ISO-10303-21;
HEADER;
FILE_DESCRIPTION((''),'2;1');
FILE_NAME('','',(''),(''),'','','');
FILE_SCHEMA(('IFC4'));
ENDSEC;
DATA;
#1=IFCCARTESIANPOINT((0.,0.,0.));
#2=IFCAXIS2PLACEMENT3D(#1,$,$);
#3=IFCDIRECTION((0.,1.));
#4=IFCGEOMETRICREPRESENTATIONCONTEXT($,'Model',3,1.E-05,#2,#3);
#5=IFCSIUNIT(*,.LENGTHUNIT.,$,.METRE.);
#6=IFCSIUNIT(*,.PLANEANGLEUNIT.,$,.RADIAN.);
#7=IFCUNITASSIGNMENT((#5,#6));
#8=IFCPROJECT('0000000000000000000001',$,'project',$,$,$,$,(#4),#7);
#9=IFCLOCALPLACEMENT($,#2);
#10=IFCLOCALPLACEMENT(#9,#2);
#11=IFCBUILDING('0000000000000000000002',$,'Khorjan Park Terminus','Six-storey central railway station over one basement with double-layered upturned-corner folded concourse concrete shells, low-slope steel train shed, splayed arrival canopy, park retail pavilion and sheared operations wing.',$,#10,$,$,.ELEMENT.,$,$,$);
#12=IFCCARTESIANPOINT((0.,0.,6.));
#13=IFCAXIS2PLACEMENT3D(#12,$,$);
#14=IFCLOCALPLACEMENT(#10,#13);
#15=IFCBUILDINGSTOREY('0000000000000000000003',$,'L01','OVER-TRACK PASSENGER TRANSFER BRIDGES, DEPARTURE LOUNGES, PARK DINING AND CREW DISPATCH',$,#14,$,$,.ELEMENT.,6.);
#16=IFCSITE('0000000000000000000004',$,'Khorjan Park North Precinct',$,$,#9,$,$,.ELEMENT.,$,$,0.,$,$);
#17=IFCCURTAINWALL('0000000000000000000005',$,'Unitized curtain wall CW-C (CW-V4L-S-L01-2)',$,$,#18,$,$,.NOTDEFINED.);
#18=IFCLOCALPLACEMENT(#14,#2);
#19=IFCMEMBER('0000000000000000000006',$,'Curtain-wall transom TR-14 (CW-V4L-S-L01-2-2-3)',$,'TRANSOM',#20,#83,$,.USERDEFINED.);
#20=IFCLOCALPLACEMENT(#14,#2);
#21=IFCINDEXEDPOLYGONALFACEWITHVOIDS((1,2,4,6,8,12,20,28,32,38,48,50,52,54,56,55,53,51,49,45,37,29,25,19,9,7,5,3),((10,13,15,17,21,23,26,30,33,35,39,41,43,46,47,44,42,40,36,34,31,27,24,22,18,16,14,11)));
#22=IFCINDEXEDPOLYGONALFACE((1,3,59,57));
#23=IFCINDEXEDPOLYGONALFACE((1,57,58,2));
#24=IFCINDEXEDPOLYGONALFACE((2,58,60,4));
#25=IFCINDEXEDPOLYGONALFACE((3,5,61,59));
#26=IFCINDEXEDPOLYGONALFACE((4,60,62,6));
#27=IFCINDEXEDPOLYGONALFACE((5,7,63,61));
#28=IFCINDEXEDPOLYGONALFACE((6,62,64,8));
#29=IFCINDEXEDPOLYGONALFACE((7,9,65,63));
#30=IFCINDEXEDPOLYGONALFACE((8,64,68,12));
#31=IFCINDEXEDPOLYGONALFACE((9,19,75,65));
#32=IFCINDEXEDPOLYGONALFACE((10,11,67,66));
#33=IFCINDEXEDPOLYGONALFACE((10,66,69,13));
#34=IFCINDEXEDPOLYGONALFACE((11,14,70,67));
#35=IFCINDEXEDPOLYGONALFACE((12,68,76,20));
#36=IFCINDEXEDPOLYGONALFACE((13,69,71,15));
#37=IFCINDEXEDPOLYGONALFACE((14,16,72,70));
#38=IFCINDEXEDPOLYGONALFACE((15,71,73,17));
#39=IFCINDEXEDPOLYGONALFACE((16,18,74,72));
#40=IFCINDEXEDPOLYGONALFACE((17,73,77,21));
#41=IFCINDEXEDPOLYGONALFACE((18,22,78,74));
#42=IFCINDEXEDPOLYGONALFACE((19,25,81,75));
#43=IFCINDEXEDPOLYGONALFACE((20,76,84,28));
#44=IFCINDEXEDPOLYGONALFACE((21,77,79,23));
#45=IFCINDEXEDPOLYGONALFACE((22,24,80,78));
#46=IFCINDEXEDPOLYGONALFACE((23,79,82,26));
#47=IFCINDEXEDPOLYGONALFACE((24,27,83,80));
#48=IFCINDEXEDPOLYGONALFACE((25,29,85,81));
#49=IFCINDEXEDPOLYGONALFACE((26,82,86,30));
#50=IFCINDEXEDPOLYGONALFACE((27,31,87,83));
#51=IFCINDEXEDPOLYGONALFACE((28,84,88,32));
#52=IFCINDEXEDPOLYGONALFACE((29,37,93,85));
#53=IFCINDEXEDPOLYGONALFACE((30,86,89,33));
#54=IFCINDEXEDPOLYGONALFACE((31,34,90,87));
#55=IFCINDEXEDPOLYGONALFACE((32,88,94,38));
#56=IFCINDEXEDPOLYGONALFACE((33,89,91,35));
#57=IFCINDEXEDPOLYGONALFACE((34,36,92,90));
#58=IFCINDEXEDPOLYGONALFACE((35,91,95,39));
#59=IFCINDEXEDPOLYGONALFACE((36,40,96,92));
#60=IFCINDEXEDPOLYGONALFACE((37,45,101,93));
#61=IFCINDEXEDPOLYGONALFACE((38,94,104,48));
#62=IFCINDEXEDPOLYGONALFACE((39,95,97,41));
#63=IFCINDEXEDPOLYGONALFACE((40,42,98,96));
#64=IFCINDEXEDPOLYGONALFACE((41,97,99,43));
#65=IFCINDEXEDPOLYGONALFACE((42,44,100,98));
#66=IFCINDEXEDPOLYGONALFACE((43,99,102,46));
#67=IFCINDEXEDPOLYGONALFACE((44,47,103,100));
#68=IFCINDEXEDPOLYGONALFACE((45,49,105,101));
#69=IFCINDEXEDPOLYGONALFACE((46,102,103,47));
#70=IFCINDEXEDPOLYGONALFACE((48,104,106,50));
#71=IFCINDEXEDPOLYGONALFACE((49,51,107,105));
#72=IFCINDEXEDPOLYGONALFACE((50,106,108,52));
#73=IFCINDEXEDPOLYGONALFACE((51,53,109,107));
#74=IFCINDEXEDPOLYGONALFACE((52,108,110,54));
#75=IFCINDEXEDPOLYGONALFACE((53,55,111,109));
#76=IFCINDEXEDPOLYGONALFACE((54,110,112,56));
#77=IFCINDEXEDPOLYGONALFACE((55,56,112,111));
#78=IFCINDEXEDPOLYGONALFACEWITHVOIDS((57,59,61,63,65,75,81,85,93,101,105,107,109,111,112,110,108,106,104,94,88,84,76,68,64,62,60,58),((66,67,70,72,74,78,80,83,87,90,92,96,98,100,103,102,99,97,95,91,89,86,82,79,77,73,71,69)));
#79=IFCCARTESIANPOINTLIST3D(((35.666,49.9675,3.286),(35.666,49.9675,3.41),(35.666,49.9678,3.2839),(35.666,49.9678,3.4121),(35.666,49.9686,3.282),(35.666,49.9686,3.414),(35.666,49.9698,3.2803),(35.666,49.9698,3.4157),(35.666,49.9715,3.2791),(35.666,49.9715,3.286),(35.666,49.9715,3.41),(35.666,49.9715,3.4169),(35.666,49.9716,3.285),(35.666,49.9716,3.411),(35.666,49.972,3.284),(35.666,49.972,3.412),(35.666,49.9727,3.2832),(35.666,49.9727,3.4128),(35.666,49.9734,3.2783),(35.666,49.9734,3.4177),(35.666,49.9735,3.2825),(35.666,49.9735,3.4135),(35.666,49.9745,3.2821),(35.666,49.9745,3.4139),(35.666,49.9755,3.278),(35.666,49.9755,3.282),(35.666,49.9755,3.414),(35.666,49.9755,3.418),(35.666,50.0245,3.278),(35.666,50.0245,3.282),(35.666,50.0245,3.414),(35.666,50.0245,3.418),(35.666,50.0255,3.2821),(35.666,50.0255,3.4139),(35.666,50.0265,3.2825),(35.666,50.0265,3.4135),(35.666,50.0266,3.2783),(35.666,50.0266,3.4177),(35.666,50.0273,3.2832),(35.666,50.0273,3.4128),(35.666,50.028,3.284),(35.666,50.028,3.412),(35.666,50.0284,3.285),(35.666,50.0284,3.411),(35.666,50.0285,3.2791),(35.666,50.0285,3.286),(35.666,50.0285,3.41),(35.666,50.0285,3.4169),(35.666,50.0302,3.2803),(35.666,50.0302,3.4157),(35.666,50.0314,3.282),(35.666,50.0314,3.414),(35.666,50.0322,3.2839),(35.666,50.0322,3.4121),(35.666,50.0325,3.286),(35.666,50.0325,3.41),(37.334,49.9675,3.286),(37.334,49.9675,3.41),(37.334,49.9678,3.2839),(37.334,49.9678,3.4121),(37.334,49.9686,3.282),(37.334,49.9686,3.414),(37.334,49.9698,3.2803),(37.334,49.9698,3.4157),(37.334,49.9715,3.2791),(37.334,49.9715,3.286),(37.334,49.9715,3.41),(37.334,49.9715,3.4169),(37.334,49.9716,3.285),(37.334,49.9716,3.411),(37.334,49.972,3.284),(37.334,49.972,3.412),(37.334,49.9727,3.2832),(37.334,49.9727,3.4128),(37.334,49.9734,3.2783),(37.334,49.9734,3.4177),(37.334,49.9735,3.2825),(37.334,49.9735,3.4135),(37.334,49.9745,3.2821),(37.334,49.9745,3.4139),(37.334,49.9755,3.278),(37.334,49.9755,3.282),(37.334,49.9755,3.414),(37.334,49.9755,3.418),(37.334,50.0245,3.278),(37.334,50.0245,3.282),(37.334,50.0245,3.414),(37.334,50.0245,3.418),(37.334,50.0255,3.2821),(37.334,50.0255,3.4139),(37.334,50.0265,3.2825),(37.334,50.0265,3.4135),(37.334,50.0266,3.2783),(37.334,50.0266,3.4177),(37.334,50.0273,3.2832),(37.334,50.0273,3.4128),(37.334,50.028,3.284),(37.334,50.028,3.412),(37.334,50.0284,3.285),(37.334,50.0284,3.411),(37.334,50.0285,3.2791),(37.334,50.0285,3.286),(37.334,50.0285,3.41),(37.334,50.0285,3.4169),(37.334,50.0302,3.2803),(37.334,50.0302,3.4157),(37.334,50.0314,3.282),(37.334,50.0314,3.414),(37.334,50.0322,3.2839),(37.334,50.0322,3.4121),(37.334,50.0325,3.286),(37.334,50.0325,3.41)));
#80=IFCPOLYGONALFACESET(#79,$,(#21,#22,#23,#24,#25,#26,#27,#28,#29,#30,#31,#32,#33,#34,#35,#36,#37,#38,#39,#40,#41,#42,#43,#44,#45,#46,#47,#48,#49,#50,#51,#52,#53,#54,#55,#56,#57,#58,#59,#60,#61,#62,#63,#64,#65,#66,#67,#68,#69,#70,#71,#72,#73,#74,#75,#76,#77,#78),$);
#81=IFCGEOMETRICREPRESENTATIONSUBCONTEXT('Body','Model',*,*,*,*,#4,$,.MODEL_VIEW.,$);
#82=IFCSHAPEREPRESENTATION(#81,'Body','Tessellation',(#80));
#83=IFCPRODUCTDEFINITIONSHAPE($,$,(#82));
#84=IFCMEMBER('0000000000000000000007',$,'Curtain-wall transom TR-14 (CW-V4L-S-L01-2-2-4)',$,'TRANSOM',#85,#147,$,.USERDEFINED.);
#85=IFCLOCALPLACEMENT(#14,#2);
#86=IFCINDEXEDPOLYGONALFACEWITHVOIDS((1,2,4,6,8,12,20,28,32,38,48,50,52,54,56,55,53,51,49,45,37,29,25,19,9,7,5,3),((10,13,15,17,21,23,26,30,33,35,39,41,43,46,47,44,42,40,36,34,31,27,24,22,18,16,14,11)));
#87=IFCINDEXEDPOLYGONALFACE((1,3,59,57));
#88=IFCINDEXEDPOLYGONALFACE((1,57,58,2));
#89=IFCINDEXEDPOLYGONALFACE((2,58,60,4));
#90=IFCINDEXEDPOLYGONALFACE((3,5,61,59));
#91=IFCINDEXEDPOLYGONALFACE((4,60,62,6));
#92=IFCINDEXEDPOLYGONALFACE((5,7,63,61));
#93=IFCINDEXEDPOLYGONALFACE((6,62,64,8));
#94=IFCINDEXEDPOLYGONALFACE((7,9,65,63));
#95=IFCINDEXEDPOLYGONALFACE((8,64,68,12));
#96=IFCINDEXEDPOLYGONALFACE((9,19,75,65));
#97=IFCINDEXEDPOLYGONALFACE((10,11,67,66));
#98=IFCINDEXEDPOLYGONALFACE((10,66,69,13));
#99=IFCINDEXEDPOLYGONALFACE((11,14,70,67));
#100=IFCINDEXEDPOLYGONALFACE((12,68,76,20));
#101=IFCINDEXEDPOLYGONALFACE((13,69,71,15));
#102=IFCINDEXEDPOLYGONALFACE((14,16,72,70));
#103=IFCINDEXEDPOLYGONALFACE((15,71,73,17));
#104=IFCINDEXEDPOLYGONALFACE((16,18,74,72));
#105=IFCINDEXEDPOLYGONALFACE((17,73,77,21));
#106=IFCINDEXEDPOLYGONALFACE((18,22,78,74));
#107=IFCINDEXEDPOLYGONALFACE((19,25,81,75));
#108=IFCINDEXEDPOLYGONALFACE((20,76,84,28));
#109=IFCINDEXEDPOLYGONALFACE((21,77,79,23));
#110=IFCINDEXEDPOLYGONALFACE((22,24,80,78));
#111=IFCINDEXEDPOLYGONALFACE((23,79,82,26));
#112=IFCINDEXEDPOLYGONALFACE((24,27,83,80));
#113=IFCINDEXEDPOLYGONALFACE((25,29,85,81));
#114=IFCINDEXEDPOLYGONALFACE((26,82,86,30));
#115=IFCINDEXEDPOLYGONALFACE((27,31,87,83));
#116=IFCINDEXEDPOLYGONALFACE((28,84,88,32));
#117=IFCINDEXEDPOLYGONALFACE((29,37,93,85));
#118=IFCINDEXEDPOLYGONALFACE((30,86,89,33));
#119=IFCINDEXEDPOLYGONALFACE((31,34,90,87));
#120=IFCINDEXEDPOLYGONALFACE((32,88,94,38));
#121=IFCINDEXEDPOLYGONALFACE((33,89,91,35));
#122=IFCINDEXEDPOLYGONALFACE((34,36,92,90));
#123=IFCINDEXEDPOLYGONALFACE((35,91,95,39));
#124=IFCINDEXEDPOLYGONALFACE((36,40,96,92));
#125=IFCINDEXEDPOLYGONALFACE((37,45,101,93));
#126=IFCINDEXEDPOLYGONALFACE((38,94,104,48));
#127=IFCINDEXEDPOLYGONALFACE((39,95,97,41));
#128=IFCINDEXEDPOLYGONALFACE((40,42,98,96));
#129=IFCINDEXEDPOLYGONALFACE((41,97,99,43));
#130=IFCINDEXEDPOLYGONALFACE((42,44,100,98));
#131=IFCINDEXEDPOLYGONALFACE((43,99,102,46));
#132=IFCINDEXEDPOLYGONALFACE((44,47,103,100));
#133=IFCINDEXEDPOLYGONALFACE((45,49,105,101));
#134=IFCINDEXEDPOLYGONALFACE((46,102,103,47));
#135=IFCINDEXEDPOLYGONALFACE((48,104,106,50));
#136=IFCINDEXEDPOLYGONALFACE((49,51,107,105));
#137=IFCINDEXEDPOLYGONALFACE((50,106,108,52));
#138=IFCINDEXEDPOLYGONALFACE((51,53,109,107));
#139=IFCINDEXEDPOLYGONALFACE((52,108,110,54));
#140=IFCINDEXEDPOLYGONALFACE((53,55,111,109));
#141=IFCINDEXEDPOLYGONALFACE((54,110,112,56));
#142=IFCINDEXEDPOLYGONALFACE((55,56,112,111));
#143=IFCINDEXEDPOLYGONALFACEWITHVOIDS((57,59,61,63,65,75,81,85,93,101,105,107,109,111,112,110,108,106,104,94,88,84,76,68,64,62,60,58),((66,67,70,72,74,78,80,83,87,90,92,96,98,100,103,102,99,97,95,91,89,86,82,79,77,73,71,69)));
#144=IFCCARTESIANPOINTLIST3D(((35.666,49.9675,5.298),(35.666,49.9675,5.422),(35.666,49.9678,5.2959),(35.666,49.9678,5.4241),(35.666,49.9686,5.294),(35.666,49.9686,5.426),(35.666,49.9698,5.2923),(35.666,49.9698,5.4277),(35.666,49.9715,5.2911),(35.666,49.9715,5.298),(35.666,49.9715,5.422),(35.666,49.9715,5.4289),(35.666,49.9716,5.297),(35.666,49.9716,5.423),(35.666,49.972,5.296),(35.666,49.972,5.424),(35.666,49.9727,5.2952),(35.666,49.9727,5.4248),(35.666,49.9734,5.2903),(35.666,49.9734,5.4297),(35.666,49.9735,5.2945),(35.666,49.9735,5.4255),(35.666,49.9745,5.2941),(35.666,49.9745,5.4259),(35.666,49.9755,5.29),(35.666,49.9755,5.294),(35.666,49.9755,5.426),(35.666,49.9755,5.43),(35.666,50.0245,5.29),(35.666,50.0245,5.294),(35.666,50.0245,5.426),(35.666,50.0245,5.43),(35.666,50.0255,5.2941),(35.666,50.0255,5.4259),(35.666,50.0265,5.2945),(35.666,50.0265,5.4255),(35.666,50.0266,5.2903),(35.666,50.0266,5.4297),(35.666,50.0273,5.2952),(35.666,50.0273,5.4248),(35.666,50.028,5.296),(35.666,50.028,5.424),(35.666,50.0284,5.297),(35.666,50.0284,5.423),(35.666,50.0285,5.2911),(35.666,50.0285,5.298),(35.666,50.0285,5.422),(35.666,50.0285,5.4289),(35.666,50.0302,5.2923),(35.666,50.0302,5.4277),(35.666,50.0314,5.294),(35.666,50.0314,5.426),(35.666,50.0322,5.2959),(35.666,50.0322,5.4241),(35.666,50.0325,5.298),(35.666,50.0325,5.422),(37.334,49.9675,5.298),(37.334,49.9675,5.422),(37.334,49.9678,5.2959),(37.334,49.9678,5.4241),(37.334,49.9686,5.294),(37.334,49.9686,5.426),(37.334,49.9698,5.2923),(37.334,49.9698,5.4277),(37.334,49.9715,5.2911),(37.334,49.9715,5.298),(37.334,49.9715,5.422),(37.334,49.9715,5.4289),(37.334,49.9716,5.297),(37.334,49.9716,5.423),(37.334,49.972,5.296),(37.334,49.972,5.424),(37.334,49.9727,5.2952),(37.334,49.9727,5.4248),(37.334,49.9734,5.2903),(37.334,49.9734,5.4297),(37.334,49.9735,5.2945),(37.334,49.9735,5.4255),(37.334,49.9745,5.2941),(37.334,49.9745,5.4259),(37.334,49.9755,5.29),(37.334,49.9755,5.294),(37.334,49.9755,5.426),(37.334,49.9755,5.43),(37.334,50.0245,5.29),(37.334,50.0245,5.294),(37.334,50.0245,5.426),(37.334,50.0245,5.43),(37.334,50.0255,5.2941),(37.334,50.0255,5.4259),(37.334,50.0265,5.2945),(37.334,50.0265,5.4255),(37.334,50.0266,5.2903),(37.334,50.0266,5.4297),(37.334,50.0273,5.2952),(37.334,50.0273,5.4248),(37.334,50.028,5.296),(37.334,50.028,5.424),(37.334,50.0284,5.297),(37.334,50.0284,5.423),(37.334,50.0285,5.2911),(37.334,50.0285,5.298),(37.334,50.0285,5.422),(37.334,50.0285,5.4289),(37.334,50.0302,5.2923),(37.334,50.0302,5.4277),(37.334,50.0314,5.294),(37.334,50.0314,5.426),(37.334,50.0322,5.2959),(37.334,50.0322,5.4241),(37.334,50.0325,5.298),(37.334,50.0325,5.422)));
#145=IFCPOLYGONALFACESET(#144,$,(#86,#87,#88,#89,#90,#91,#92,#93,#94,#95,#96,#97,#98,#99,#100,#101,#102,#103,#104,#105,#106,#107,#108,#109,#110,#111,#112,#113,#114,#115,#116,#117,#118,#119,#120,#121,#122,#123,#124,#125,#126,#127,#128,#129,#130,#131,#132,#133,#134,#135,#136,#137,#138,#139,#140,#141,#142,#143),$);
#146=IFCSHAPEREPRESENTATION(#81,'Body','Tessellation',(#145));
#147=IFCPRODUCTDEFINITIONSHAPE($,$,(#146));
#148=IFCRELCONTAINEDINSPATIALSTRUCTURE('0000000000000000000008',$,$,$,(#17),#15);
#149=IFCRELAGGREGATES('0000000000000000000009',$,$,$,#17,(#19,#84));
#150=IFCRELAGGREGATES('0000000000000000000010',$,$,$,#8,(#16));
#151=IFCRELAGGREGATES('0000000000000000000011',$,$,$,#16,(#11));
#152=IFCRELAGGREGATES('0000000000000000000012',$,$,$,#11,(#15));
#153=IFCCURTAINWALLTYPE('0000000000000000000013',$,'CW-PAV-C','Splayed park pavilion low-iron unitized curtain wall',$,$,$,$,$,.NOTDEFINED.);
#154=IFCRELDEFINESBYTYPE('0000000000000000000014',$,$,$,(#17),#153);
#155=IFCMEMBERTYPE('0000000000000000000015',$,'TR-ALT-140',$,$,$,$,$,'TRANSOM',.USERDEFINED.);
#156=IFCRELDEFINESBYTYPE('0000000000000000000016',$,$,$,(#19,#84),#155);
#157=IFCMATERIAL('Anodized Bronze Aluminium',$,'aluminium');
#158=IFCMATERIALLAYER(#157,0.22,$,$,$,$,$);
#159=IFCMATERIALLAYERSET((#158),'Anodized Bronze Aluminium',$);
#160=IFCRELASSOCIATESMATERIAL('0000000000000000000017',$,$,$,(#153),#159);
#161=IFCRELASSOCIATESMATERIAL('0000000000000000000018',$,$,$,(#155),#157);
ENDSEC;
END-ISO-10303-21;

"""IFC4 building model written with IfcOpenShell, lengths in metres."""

from ifc_helpers import new_model, si_unit, direction, frame, origin, origin_2d, place, context, subcontext, project, spatial, hollow_rectangle, extrude, material, layer, layer_set, material_profile, profile_set, type_object, element, aggregate, save


model = new_model("IFC4")

# Units and contexts
model_context = context("Model", 3, precision=1e-05, world=origin(), true_north=direction((0.0, 1.0)))
body_context = subcontext(model_context, "Body", "Model", "MODEL_VIEW")
ifc_project = project(units=[si_unit("LENGTHUNIT", "METRE"), si_unit("PLANEANGLEUNIT", "RADIAN")], contexts=[model_context])

# Site, building, storey
site_placement = place(None, origin())
site = spatial("IfcSite", under=ifc_project, at=site_placement, Name="Khorjan Park North Precinct", CompositionType="ELEMENT", RefElevation=0.0)
building_placement = place(site_placement, origin())
building = spatial("IfcBuilding", under=site, at=building_placement, Name="Khorjan Park Terminus", Description="Six-storey central railway station over one basement with double-layered upturned-corner folded concourse concrete shells, low-slope steel train shed, splayed arrival canopy, park retail pavilion and sheared operations wing.", CompositionType="ELEMENT")
storey_placement = place(building_placement, frame((0.0, 0.0, 6.0)))
storey = spatial("IfcBuildingStorey", under=building, at=storey_placement, Name="L01", Description="OVER-TRACK PASSENGER TRANSFER BRIDGES, DEPARTURE LOUNGES, PARK DINING AND CREW DISPATCH", CompositionType="ELEMENT", Elevation=6.0)

# Curtain wall, members
ifc_material_1 = material(Name="Anodized Bronze Aluminium", Category="aluminium")
ifc_layer_1 = layer(ifc_material_1, 0.22)
ifc_layer_set_1 = layer_set([ifc_layer_1], Name="Anodized Bronze Aluminium")
curtain_wall_type = type_object("IfcCurtainWallType", Name="CW-PAV-C", Description="Splayed park pavilion low-iron unitized curtain wall", PredefinedType="NOTDEFINED", material=ifc_layer_set_1)
curtain_wall_placement = place(storey_placement, origin())
curtain_wall = element("IfcCurtainWall", 1, at=curtain_wall_placement, inside=storey, type_object=curtain_wall_type, Name="Unitized curtain wall CW-C (CW-V4L-S-L01-2)", PredefinedType="NOTDEFINED")
ifc_material_profile_1 = material_profile(ifc_material_1, hollow_rectangle(XDim=0.065, YDim=0.14, WallThickness=0.004, InnerFilletRadius=0.004, OuterFilletRadius=0.008, at=origin_2d()), Name="ALT 65x140x4")
ifc_profile_set_1 = profile_set([ifc_material_profile_1], Name="Anodized Bronze Aluminium")
member_type_1 = type_object("IfcMemberType", Name="TR-ALT-140", ElementType="TRANSOM", PredefinedType="USERDEFINED", material=ifc_profile_set_1)
member_1_placement = place(storey_placement, frame((35.666, 50.0, 3.348), z_axis=(1.0, 0.0, 0.0), x_axis=(0.0, 1.0, 0.0)))
member_1 = element("IfcMember", 2, at=member_1_placement, type_object=member_type_1, Name="Curtain-wall transom TR-14 (CW-V4L-S-L01-2-2-3)", ObjectType="TRANSOM", PredefinedType="USERDEFINED", context=body_context, shape_type="SweptSolid", body=[
    extrude(hollow_rectangle(XDim=0.065, YDim=0.14, WallThickness=0.004, InnerFilletRadius=0.004, OuterFilletRadius=0.008, at=origin_2d()), origin(), (0.0, 0.0, 1.0), 1.668),
])
member_2_placement = place(storey_placement, frame((35.666, 50.0, 5.36), z_axis=(1.0, 0.0, 0.0), x_axis=(0.0, 1.0, 0.0)))
member_2 = element("IfcMember", 3, at=member_2_placement, type_object=member_type_1, Name="Curtain-wall transom TR-14 (CW-V4L-S-L01-2-2-4)", ObjectType="TRANSOM", PredefinedType="USERDEFINED", context=body_context, shape_type="SweptSolid", body=[
    extrude(hollow_rectangle(XDim=0.065, YDim=0.14, WallThickness=0.004, InnerFilletRadius=0.004, OuterFilletRadius=0.008, at=origin_2d()), origin(), (0.0, 0.0, 1.0), 1.668),
])
aggregate(curtain_wall, [member_1, member_2])

save(model, "model.ifc")
